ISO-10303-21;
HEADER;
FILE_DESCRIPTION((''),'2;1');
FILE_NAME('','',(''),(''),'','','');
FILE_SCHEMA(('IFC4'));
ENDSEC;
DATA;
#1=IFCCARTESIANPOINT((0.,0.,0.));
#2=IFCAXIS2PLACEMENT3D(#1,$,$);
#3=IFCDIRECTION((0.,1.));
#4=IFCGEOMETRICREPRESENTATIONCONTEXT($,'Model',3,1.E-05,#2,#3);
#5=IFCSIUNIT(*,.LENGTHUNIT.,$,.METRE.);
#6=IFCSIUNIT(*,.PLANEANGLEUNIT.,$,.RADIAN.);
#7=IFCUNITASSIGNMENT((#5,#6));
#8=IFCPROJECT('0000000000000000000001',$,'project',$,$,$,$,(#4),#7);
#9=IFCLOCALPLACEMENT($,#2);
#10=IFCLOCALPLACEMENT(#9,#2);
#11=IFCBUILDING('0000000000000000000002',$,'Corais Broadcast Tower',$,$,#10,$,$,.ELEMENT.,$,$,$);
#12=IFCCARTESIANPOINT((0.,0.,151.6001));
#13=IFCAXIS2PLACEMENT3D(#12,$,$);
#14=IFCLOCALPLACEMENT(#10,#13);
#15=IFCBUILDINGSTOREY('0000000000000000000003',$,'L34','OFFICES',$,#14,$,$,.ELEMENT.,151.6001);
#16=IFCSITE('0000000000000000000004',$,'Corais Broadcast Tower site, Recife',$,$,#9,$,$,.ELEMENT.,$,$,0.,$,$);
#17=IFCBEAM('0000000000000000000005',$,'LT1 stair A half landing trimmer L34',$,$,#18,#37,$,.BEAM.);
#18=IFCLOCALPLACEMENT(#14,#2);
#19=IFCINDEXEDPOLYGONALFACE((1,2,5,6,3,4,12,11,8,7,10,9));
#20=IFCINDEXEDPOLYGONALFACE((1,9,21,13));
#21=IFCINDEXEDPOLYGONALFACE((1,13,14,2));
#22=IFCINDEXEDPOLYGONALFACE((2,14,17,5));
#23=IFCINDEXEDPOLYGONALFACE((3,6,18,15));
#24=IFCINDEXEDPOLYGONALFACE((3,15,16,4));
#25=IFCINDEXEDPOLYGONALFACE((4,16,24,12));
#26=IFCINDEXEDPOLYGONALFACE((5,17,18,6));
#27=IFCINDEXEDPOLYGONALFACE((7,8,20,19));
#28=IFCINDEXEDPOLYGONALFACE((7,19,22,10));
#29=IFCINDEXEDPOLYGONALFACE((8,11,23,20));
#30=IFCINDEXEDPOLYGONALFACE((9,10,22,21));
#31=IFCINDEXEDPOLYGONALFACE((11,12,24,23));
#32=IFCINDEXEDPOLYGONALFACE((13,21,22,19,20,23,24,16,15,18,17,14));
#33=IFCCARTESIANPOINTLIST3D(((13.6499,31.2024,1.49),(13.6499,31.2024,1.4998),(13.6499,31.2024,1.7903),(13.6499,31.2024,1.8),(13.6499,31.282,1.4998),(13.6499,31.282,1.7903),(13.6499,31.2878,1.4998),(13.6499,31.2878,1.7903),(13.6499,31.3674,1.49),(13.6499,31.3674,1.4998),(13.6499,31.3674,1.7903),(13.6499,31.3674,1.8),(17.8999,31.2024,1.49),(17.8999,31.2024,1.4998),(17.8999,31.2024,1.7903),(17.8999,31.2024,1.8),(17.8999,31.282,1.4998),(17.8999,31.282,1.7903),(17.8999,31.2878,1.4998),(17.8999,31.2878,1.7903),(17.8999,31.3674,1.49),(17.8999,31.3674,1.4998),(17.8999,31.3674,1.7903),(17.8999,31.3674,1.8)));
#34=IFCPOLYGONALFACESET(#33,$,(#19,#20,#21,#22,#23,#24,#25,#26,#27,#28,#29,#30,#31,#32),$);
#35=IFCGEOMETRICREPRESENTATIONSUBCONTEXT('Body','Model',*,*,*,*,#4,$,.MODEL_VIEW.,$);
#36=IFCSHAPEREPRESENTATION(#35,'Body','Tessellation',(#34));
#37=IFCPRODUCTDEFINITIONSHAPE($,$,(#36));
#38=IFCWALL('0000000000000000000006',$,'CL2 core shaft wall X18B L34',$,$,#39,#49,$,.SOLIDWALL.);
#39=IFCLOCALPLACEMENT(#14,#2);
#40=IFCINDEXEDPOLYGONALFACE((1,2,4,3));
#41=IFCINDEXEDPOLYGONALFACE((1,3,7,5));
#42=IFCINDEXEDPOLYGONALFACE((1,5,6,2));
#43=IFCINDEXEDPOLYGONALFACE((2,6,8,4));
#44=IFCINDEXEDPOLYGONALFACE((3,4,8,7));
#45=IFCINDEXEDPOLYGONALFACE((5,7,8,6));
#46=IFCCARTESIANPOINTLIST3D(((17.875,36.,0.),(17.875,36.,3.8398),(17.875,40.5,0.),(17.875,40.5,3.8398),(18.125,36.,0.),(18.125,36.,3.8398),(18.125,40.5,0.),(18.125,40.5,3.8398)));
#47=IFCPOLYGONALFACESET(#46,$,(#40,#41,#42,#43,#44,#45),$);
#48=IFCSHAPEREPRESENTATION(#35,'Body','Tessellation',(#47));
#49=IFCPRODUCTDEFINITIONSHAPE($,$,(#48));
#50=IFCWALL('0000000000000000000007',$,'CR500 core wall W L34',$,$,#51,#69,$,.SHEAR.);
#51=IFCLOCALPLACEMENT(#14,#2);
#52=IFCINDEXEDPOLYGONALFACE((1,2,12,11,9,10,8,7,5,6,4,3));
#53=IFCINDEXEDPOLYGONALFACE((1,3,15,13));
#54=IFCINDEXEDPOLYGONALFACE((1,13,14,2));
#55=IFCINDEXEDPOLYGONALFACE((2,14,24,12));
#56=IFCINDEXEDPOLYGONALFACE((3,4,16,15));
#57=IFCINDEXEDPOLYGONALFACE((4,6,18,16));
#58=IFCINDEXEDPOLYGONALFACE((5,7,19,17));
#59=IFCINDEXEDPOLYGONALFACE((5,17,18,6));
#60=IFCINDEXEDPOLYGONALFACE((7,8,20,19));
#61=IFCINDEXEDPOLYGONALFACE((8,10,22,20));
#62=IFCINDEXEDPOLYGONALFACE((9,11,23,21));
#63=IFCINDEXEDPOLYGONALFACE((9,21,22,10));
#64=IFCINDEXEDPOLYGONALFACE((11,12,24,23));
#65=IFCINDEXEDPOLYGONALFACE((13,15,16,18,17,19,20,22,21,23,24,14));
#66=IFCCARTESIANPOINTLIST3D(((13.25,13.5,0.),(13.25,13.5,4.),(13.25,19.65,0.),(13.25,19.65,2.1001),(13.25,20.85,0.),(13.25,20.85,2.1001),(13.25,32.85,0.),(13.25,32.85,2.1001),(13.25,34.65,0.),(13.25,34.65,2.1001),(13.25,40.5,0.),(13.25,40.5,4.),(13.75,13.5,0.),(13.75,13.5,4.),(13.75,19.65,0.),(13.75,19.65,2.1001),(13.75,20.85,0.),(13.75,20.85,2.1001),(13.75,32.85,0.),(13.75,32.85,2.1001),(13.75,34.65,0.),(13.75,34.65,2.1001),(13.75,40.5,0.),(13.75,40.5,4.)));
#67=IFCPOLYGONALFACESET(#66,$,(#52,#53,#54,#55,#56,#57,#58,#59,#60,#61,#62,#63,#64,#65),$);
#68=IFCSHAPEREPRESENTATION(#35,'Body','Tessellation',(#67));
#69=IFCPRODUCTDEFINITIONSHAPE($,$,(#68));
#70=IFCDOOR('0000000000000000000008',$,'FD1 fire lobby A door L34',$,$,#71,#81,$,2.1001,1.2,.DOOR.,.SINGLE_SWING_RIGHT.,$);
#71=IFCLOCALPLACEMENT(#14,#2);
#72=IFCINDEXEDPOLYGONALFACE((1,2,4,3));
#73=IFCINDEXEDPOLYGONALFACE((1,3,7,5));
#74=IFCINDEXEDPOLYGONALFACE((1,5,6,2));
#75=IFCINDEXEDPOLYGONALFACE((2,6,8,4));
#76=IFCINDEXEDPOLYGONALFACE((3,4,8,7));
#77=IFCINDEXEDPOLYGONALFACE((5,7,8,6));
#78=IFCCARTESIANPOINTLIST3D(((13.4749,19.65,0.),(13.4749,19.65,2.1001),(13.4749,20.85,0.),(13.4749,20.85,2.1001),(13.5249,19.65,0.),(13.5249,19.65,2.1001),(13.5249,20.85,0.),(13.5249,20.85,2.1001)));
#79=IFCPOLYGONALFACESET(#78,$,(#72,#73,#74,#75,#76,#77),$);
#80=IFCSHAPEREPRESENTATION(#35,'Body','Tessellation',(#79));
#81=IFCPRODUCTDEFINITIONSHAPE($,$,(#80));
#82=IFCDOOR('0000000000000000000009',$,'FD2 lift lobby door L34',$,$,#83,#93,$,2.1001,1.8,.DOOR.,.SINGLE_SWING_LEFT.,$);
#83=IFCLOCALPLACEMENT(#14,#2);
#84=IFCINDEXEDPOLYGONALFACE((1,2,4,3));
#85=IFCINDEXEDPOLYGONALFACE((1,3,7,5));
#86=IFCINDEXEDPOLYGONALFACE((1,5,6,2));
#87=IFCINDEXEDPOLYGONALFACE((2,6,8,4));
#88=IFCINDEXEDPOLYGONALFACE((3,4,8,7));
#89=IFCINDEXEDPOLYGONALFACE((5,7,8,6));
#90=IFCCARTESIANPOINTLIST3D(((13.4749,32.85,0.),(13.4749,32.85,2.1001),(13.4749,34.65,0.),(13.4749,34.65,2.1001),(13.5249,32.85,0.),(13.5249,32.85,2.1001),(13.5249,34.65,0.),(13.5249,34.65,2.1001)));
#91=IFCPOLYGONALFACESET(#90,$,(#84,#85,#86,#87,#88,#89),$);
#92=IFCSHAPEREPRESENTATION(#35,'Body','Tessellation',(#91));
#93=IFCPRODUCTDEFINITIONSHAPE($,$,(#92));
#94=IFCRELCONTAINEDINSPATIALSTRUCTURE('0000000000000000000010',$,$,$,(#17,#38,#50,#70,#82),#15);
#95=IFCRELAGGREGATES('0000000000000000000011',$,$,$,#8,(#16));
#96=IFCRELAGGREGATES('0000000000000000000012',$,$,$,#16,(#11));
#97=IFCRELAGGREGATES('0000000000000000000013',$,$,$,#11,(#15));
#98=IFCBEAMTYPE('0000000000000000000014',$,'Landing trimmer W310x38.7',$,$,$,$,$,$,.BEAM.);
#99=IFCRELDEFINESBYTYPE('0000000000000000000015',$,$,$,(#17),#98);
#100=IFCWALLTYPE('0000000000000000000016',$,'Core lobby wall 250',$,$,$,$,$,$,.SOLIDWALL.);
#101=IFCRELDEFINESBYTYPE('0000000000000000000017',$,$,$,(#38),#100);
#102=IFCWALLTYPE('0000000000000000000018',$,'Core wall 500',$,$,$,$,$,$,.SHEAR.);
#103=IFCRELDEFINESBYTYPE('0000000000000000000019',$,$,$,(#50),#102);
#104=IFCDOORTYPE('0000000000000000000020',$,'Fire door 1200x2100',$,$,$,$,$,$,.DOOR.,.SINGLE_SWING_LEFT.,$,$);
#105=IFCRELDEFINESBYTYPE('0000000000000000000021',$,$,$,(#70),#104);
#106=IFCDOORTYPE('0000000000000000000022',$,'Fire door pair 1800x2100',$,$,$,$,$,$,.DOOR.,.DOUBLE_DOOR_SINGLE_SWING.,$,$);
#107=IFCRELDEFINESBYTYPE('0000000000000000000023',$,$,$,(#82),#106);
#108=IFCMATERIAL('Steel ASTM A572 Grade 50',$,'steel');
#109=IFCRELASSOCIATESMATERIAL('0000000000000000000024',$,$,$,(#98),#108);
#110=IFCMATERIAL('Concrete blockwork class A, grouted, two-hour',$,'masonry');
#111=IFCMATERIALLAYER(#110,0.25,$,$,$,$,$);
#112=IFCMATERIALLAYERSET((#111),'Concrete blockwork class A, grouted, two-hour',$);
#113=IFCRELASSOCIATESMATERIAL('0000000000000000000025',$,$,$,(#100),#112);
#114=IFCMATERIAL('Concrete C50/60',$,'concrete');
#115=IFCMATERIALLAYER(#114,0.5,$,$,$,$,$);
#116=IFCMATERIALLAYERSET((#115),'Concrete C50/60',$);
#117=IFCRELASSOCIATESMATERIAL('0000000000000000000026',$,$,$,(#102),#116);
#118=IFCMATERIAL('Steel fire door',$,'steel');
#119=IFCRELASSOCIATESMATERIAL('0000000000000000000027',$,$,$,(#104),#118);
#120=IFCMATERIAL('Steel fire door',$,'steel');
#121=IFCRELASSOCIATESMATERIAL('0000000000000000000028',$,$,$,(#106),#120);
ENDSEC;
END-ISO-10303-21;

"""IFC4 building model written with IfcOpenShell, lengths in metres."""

from ifc_helpers import new_model, si_unit, direction, frame, frame_2d, origin, origin_2d, place, context, subcontext, project, spatial, rectangle, i_section, extrude, material, layer, layer_set, material_profile, profile_set, type_object, element, fill, save


model = new_model("IFC4")

# Units and contexts
model_context = context("Model", 3, precision=1e-05, world=origin(), true_north=direction((0.0, 1.0)))
body_context = subcontext(model_context, "Body", "Model", "MODEL_VIEW")
ifc_project = project(units=[si_unit("LENGTHUNIT", "METRE"), si_unit("PLANEANGLEUNIT", "RADIAN")], contexts=[model_context])

# Site, building, storey
site_placement = place(None, origin())
site = spatial("IfcSite", under=ifc_project, at=site_placement, Name="Corais Broadcast Tower site, Recife", CompositionType="ELEMENT", RefElevation=0.0)
building_placement = place(site_placement, origin())
building = spatial("IfcBuilding", under=site, at=building_placement, Name="Corais Broadcast Tower", CompositionType="ELEMENT")
storey_placement = place(building_placement, frame((0.0, 0.0, 151.6001)))
storey = spatial("IfcBuildingStorey", under=building, at=storey_placement, Name="L34", Description="OFFICES", CompositionType="ELEMENT", Elevation=151.6001)

# Beam
ifc_material_1 = material(Name="Steel ASTM A572 Grade 50", Category="steel")
ifc_material_profile = material_profile(ifc_material_1, i_section(OverallWidth=0.165, OverallDepth=0.3101, WebThickness=0.0059, FlangeThickness=0.0098, at=origin_2d()), Name="W310x38.7")
ifc_profile_set = profile_set([ifc_material_profile], Name="Steel ASTM A572 Grade 50")
beam_type = type_object("IfcBeamType", Name="Landing trimmer W310x38.7", PredefinedType="BEAM", material=ifc_profile_set)
beam_placement = place(storey_placement, frame((13.6499, 31.2849, 1.645), z_axis=(1.0, 0.0, 0.0), x_axis=(0.0, 1.0, 0.0)))
element("IfcBeam", 1, at=beam_placement, inside=storey, type_object=beam_type, Name="LT1 stair A half landing trimmer L34", PredefinedType="BEAM", context=body_context, shape_type="SweptSolid", body=[
    extrude(i_section(OverallWidth=0.165, OverallDepth=0.3101, WebThickness=0.0059, FlangeThickness=0.0098, at=origin_2d()), origin(), (0.0, 0.0, 1.0), 4.25),
])

# Wall
ifc_material_2 = material(Name="Concrete blockwork class A, grouted, two-hour", Category="masonry")
ifc_layer_1 = layer(ifc_material_2, 0.25)
ifc_layer_set_1 = layer_set([ifc_layer_1], Name="Concrete blockwork class A, grouted, two-hour")
wall_type_1 = type_object("IfcWallType", Name="Core lobby wall 250", PredefinedType="SOLIDWALL", material=ifc_layer_set_1)
wall_1_placement = place(storey_placement, frame((18.0, 36.0, 0.0), z_axis=(0.0, 0.0, 1.0), x_axis=(0.0, 1.0, 0.0)))
element("IfcWall", 2, at=wall_1_placement, inside=storey, type_object=wall_type_1, Name="CL2 core shaft wall X18B L34", PredefinedType="SOLIDWALL", context=body_context, shape_type="SweptSolid", body=[
    extrude(rectangle(XDim=4.5, YDim=0.25, at=frame_2d((2.25, 0.0))), origin(), (0.0, 0.0, 1.0), 3.8398),
])

# Wall, openings, doors
ifc_material_3 = material(Name="Concrete C50/60", Category="concrete")
ifc_layer_2 = layer(ifc_material_3, 0.5)
ifc_layer_set_2 = layer_set([ifc_layer_2], Name="Concrete C50/60")
wall_type_2 = type_object("IfcWallType", Name="Core wall 500", PredefinedType="SHEAR", material=ifc_layer_set_2)
wall_2_placement = place(storey_placement, frame((13.5, 40.5, 0.0), z_axis=(0.0, 0.0, 1.0), x_axis=(0.0, -1.0, 0.0)))
wall_2 = element("IfcWall", 3, at=wall_2_placement, inside=storey, type_object=wall_type_2, Name="CR500 core wall W L34", PredefinedType="SHEAR", context=body_context, shape_type="SweptSolid", body=[
    extrude(rectangle(XDim=27.0, YDim=0.5, at=frame_2d((13.5, 0.0))), origin(), (0.0, 0.0, 1.0), 4.0),
])
opening_1_placement = place(wall_2_placement, frame((19.6499, 0.0, 0.0)))
opening_1 = element("IfcOpeningElement", 4, at=opening_1_placement, cuts=wall_2, PredefinedType="OPENING", context=body_context, shape_type="SweptSolid", body=[
    extrude(rectangle(XDim=1.2, YDim=2.1001, at=frame_2d((0.6001, 1.05))), frame((0.0, 0.26, 0.0), z_axis=(0.0, -1.0, 0.0), x_axis=(1.0, 0.0, 0.0)), (0.0, 0.0, 1.0), 0.52),
])
opening_2_placement = place(wall_2_placement, frame((5.8501, 0.0, 0.0)))
opening_2 = element("IfcOpeningElement", 5, at=opening_2_placement, cuts=wall_2, PredefinedType="OPENING", context=body_context, shape_type="SweptSolid", body=[
    extrude(rectangle(XDim=1.8, YDim=2.1001, at=frame_2d((0.8999, 1.05))), frame((0.0, 0.26, 0.0), z_axis=(0.0, -1.0, 0.0), x_axis=(1.0, 0.0, 0.0)), (0.0, 0.0, 1.0), 0.52),
])
ifc_material_4 = material(Name="Steel fire door", Category="steel")
door_type_1 = type_object("IfcDoorType", Name="Fire door 1200x2100", OperationType="SINGLE_SWING_LEFT", PredefinedType="DOOR", material=ifc_material_4)
door_1_placement = place(opening_1_placement, origin())
door_1 = element("IfcDoor", 6, at=door_1_placement, inside=storey, type_object=door_type_1, Name="FD1 fire lobby A door L34", OperationType="SINGLE_SWING_RIGHT", OverallHeight=2.1001, OverallWidth=1.2, PredefinedType="DOOR", context=body_context, shape_type="SweptSolid", body=[
    extrude(rectangle(XDim=1.2, YDim=2.1001, at=frame_2d((0.6001, 1.05))), frame((0.0, 0.0249, 0.0), z_axis=(0.0, -1.0, 0.0), x_axis=(1.0, 0.0, 0.0)), (0.0, 0.0, 1.0), 0.05),
])
fill(opening_1, door_1)
ifc_material_5 = material(Name="Steel fire door", Category="steel")
door_type_2 = type_object("IfcDoorType", Name="Fire door pair 1800x2100", OperationType="DOUBLE_DOOR_SINGLE_SWING", PredefinedType="DOOR", material=ifc_material_5)
door_2_placement = place(opening_2_placement, origin())
door_2 = element("IfcDoor", 7, at=door_2_placement, inside=storey, type_object=door_type_2, Name="FD2 lift lobby door L34", OperationType="SINGLE_SWING_LEFT", OverallHeight=2.1001, OverallWidth=1.8, PredefinedType="DOOR", context=body_context, shape_type="SweptSolid", body=[
    extrude(rectangle(XDim=1.8, YDim=2.1001, at=frame_2d((0.8999, 1.05))), frame((0.0, 0.0249, 0.0), z_axis=(0.0, -1.0, 0.0), x_axis=(1.0, 0.0, 0.0)), (0.0, 0.0, 1.0), 0.05),
])
fill(opening_2, door_2)

save(model, "model.ifc")
